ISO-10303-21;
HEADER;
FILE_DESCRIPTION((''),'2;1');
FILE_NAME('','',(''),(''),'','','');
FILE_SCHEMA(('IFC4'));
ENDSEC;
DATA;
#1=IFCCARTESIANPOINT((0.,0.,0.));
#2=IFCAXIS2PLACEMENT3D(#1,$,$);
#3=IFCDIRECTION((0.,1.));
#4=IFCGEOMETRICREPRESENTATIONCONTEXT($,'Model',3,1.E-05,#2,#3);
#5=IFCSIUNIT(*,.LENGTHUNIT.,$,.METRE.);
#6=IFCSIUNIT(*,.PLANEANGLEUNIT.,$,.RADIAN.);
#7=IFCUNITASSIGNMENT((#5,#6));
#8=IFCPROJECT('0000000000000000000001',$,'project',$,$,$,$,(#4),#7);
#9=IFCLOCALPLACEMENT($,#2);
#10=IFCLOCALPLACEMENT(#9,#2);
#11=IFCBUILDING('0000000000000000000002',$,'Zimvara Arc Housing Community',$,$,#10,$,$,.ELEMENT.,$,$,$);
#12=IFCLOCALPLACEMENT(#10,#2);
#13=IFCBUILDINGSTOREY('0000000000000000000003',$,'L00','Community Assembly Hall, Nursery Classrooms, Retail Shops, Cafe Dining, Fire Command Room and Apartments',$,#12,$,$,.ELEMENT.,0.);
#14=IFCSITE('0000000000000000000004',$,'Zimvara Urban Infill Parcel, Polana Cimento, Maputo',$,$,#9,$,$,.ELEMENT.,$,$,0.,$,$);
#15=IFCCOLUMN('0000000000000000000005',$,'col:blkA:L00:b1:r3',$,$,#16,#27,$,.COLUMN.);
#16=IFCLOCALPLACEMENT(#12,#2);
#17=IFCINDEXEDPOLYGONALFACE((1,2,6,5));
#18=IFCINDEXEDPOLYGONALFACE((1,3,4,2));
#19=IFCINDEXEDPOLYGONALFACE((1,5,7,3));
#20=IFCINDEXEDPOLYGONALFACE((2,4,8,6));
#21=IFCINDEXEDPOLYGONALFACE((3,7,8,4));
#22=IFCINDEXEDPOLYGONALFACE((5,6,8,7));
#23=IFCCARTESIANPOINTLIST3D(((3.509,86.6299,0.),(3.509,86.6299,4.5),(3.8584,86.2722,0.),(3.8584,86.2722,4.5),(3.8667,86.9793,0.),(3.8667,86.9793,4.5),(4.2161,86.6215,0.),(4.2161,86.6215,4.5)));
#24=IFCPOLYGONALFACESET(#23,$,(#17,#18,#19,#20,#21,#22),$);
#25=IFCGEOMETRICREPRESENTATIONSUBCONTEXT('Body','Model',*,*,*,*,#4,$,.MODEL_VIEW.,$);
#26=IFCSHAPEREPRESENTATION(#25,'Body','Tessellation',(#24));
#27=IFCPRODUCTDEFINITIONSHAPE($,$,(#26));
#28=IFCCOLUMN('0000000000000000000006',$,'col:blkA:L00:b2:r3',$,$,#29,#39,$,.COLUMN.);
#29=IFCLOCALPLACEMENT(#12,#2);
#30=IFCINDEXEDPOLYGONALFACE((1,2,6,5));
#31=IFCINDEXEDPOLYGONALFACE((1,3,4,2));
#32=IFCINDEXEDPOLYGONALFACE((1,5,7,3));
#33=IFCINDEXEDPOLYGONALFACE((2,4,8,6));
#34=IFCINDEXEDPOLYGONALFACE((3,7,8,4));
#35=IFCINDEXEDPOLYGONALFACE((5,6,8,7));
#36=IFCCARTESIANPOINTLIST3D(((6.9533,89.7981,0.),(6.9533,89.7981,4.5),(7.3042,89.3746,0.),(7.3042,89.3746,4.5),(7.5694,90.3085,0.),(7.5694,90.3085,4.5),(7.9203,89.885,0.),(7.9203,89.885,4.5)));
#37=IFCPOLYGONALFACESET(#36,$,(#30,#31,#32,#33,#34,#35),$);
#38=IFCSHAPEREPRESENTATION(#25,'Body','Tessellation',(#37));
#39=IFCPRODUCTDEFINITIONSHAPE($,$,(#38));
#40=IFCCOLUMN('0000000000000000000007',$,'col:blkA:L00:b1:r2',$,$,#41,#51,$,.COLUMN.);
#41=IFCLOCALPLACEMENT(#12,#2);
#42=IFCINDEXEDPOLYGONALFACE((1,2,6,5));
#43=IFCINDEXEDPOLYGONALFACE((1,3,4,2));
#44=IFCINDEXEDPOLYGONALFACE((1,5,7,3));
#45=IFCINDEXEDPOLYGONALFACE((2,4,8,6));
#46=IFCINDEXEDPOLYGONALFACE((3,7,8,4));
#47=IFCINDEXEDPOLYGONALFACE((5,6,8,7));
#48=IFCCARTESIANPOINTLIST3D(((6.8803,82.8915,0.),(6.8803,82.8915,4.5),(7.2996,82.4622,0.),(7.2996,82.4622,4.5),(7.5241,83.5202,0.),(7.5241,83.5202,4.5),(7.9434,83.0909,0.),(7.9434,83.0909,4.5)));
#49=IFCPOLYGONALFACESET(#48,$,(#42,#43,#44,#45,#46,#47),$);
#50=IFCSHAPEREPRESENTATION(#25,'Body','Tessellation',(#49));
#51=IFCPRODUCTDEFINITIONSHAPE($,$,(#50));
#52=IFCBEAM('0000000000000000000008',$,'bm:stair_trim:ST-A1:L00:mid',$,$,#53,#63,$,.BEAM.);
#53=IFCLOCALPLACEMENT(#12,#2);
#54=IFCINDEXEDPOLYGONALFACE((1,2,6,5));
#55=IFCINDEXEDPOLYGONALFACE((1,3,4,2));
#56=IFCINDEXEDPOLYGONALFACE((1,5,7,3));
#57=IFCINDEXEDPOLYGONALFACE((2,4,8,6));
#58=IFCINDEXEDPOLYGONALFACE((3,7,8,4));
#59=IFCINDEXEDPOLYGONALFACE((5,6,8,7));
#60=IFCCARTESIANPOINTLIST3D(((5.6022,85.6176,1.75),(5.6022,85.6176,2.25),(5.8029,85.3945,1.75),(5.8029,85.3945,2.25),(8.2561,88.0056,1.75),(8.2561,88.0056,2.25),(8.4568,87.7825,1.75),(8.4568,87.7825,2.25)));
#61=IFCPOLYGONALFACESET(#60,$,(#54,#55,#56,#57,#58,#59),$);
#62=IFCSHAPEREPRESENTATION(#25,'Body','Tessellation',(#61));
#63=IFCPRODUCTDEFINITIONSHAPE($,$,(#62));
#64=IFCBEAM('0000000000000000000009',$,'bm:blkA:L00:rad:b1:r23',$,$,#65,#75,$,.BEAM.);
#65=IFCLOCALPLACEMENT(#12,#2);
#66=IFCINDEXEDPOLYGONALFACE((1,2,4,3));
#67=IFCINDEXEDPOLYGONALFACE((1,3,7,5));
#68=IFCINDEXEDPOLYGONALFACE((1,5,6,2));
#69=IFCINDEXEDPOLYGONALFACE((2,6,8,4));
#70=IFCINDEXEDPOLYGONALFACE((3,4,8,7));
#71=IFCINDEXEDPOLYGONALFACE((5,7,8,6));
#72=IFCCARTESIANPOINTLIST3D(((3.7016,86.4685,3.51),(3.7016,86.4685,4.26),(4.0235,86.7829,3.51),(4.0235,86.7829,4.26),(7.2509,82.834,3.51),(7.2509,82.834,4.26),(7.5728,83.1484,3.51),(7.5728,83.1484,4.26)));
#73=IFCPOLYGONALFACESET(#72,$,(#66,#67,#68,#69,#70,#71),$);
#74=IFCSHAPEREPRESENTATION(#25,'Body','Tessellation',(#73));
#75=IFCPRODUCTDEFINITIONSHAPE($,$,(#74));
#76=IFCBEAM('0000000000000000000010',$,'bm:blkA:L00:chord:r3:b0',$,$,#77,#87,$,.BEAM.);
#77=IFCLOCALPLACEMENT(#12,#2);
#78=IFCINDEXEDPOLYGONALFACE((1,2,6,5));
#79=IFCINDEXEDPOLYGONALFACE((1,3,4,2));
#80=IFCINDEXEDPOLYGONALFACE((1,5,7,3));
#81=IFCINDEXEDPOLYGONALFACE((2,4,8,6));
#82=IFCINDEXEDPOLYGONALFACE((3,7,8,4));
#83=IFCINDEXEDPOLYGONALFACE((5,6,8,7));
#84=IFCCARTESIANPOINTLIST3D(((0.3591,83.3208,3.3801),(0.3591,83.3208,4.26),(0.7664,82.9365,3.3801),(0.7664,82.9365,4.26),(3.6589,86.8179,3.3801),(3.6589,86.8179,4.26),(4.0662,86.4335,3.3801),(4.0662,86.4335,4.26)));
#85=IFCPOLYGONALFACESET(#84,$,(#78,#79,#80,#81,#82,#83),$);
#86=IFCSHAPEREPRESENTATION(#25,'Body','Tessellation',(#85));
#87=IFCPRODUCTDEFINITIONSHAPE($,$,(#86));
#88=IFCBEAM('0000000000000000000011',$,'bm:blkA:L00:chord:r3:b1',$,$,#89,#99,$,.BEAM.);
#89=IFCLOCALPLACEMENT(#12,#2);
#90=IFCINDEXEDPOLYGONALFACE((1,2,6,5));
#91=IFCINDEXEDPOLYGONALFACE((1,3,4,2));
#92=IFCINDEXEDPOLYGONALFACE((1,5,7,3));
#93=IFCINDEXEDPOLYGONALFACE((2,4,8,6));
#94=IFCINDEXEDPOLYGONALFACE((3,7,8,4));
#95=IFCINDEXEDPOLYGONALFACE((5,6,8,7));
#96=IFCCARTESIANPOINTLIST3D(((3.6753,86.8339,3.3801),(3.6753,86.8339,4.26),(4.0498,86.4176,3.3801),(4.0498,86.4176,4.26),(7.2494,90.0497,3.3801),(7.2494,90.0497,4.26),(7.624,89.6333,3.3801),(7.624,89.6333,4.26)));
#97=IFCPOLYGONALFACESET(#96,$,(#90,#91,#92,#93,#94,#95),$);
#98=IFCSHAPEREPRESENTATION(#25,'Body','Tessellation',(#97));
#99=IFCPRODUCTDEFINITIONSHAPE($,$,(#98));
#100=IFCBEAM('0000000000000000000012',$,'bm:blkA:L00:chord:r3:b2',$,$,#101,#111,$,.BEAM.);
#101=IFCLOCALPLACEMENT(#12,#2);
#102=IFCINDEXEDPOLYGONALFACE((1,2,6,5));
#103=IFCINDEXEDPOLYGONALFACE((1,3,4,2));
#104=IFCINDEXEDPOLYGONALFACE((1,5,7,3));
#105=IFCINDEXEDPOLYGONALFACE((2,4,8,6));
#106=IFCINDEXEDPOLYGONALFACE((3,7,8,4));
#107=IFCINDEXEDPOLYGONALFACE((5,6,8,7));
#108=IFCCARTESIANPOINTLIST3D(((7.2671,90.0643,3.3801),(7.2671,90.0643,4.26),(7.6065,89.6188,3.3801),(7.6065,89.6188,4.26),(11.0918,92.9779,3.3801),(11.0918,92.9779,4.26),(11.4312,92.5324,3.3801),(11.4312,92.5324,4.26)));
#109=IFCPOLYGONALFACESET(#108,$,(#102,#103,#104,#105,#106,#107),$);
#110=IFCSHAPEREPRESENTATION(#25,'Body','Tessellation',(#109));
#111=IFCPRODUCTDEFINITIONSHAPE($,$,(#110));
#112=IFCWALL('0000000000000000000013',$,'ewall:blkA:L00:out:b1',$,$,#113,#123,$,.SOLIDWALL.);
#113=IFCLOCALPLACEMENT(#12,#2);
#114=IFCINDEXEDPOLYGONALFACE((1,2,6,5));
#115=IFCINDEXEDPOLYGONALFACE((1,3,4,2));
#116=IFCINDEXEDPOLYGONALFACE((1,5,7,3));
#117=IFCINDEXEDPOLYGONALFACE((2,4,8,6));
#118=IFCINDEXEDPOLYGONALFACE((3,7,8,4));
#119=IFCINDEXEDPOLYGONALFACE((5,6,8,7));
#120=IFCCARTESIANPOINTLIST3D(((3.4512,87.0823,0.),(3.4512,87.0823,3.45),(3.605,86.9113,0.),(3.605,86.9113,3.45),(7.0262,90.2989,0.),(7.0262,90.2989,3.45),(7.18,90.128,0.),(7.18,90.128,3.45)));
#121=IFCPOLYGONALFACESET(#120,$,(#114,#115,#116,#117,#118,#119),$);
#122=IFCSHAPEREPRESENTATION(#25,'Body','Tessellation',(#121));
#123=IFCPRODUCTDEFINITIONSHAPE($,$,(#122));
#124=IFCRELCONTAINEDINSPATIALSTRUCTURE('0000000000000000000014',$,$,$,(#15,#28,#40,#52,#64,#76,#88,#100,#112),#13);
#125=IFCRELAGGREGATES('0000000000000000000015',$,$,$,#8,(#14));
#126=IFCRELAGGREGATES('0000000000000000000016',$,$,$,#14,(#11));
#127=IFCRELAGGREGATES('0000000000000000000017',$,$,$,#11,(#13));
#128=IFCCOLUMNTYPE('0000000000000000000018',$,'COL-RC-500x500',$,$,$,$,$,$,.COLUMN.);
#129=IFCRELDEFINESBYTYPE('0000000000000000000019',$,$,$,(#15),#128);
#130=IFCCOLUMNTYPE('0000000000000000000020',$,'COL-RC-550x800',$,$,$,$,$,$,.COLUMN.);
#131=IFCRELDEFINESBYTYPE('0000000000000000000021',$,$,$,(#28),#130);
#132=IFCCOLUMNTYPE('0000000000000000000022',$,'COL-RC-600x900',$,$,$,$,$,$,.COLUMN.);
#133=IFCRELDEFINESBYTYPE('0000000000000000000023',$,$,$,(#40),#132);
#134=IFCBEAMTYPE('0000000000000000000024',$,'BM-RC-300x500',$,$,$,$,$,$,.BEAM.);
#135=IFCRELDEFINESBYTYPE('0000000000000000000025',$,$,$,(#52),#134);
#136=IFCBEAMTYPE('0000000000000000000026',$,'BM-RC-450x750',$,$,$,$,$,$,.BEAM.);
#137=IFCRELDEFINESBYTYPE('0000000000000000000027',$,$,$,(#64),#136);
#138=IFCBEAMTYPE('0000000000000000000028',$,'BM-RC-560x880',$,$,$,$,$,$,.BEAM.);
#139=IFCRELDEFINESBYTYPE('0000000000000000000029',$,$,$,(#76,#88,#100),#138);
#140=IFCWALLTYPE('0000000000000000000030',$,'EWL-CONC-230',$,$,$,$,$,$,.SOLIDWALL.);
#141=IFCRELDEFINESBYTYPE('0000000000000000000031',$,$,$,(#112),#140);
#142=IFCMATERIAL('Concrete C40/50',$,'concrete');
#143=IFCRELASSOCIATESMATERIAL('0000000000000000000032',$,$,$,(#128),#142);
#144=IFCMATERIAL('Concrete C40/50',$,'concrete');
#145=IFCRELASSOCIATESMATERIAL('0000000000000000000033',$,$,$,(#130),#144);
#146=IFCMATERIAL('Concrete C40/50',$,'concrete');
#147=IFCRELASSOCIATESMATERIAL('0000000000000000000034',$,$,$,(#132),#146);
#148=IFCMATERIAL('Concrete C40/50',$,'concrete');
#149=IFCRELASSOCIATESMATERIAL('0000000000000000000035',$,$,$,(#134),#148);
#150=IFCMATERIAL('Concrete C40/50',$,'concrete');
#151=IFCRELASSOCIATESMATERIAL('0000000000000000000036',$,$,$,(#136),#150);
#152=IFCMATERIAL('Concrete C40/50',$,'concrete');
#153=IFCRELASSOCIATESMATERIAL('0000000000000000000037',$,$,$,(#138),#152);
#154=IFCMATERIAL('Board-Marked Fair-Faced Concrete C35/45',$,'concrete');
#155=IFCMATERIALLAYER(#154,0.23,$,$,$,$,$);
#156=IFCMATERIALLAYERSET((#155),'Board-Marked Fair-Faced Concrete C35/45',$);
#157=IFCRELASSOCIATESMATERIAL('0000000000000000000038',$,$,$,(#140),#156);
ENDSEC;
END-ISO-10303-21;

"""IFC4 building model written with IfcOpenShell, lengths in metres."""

from ifc_helpers import new_model, si_unit, direction, frame, frame_2d, origin, origin_2d, place, context, subcontext, project, spatial, rectangle, extrude, material, layer, layer_set, material_profile, profile_set, type_object, element, save


model = new_model("IFC4")

# Units and contexts
model_context = context("Model", 3, precision=1e-05, world=origin(), true_north=direction((0.0, 1.0)))
body_context = subcontext(model_context, "Body", "Model", "MODEL_VIEW")
ifc_project = project(units=[si_unit("LENGTHUNIT", "METRE"), si_unit("PLANEANGLEUNIT", "RADIAN")], contexts=[model_context])

# Site, building, storey
site_placement = place(None, origin())
site = spatial("IfcSite", under=ifc_project, at=site_placement, Name="Zimvara Urban Infill Parcel, Polana Cimento, Maputo", CompositionType="ELEMENT", RefElevation=0.0)
building_placement = place(site_placement, origin())
building = spatial("IfcBuilding", under=site, at=building_placement, Name="Zimvara Arc Housing Community", CompositionType="ELEMENT")
storey_placement = place(building_placement, origin())
storey = spatial("IfcBuildingStorey", under=building, at=storey_placement, Name="L00", Description="Community Assembly Hall, Nursery Classrooms, Retail Shops, Cafe Dining, Fire Command Room and Apartments", CompositionType="ELEMENT", Elevation=0.0)

# Columns
ifc_material_1 = material(Name="Concrete C40/50", Category="concrete")
ifc_material_profile_1 = material_profile(ifc_material_1, rectangle(XDim=0.5, YDim=0.5, at=origin_2d()), Name="RC 500x500")
ifc_profile_set_1 = profile_set([ifc_material_profile_1], Name="Concrete C40/50")
column_type_1 = type_object("IfcColumnType", Name="COL-RC-500x500", PredefinedType="COLUMN", material=ifc_profile_set_1)
column_1_placement = place(storey_placement, frame((3.8625, 86.6257, 0.0), z_axis=(0.0, 0.0, 1.0), x_axis=(-0.698665, 0.715449, 0.0)))
element("IfcColumn", 1, at=column_1_placement, inside=storey, type_object=column_type_1, Name="col:blkA:L00:b1:r3", PredefinedType="COLUMN", context=body_context, shape_type="SweptSolid", body=[
    extrude(rectangle(XDim=0.5, YDim=0.5, at=origin_2d()), origin(), (0.0, 0.0, 1.0), 4.5),
])
ifc_material_2 = material(Name="Concrete C40/50", Category="concrete")
ifc_material_profile_2 = material_profile(ifc_material_2, rectangle(XDim=0.55, YDim=0.8, at=origin_2d()), Name="RC 550x800")
ifc_profile_set_2 = profile_set([ifc_material_profile_2], Name="Concrete C40/50")
column_type_2 = type_object("IfcColumnType", Name="COL-RC-550x800", PredefinedType="COLUMN", material=ifc_profile_set_2)
column_2_placement = place(storey_placement, frame((7.4368, 89.8416, 0.0), z_axis=(0.0, 0.0, 1.0), x_axis=(-0.637962, 0.770068, 0.0)))
element("IfcColumn", 2, at=column_2_placement, inside=storey, type_object=column_type_2, Name="col:blkA:L00:b2:r3", PredefinedType="COLUMN", context=body_context, shape_type="SweptSolid", body=[
    extrude(rectangle(XDim=0.55, YDim=0.8, at=origin_2d()), origin(), (0.0, 0.0, 1.0), 4.5),
])
ifc_material_3 = material(Name="Concrete C40/50", Category="concrete")
ifc_material_profile_3 = material_profile(ifc_material_3, rectangle(XDim=0.6001, YDim=0.8999, at=origin_2d()), Name="RC 600x900")
ifc_profile_set_3 = profile_set([ifc_material_profile_3], Name="Concrete C40/50")
column_type_3 = type_object("IfcColumnType", Name="COL-RC-600x900", PredefinedType="COLUMN", material=ifc_profile_set_3)
column_3_placement = place(storey_placement, frame((7.4119, 82.9912, 0.0), z_axis=(0.0, 0.0, 1.0), x_axis=(-0.698665, 0.715449, 0.0)))
element("IfcColumn", 3, at=column_3_placement, inside=storey, type_object=column_type_3, Name="col:blkA:L00:b1:r2", PredefinedType="COLUMN", context=body_context, shape_type="SweptSolid", body=[
    extrude(rectangle(XDim=0.6001, YDim=0.8999, at=origin_2d()), origin(), (0.0, 0.0, 1.0), 4.5),
])

# Beams
ifc_material_4 = material(Name="Concrete C40/50", Category="concrete")
ifc_material_profile_4 = material_profile(ifc_material_4, rectangle(XDim=0.3, YDim=0.5, at=origin_2d()), Name="RC 300x500")
ifc_profile_set_4 = profile_set([ifc_material_profile_4], Name="Concrete C40/50")
beam_type_1 = type_object("IfcBeamType", Name="BM-RC-300x500", PredefinedType="BEAM", material=ifc_profile_set_4)
beam_1_placement = place(storey_placement, frame((8.3564, 87.894, 2.0), z_axis=(-0.743362, -0.668889, 0.0), x_axis=(0.668889, -0.743362, 0.0)))
element("IfcBeam", 4, at=beam_1_placement, inside=storey, type_object=beam_type_1, Name="bm:stair_trim:ST-A1:L00:mid", PredefinedType="BEAM", context=body_context, shape_type="SweptSolid", body=[
    extrude(rectangle(XDim=0.3, YDim=0.5, at=origin_2d()), origin(), (0.0, 0.0, 1.0), 3.5701),
])
ifc_material_5 = material(Name="Concrete C40/50", Category="concrete")
ifc_material_profile_5 = material_profile(ifc_material_5, rectangle(XDim=0.45, YDim=0.75, at=origin_2d()), Name="RC 450x750")
ifc_profile_set_5 = profile_set([ifc_material_profile_5], Name="Concrete C40/50")
beam_type_2 = type_object("IfcBeamType", Name="BM-RC-450x750", PredefinedType="BEAM", material=ifc_profile_set_5)
beam_2_placement = place(storey_placement, frame((7.4119, 82.9912, 3.885), z_axis=(-0.698671, 0.715443, 0.0), x_axis=(-0.715443, -0.698671, 0.0)))
element("IfcBeam", 5, at=beam_2_placement, inside=storey, type_object=beam_type_2, Name="bm:blkA:L00:rad:b1:r23", PredefinedType="BEAM", context=body_context, shape_type="SweptSolid", body=[
    extrude(rectangle(XDim=0.45, YDim=0.75, at=origin_2d()), origin(), (0.0, 0.0, 1.0), 5.0801),
])
ifc_material_6 = material(Name="Concrete C40/50", Category="concrete")
ifc_material_profile_6 = material_profile(ifc_material_6, rectangle(XDim=0.5601, YDim=0.8799, at=origin_2d()), Name="RC 560x880")
ifc_profile_set_6 = profile_set([ifc_material_profile_6], Name="Concrete C40/50")
beam_type_3 = type_object("IfcBeamType", Name="BM-RC-560x880", PredefinedType="BEAM", material=ifc_profile_set_6)
beam_3_placement = place(storey_placement, frame((0.5627, 83.1287, 3.8201), z_axis=(0.686295, 0.727323, 0.0), x_axis=(-0.727323, 0.686295, 0.0)))
element("IfcBeam", 6, at=beam_3_placement, inside=storey, type_object=beam_type_3, Name="bm:blkA:L00:chord:r3:b0", PredefinedType="BEAM", context=body_context, shape_type="SweptSolid", body=[
    extrude(rectangle(XDim=0.5601, YDim=0.8799, at=origin_2d()), origin(), (0.0, 0.0, 1.0), 4.8081),
])
beam_4_placement = place(storey_placement, frame((3.8625, 86.6257, 3.8201), z_axis=(0.743395, 0.668853, 0.0), x_axis=(-0.668853, 0.743395, 0.0)))
element("IfcBeam", 7, at=beam_4_placement, inside=storey, type_object=beam_type_3, Name="bm:blkA:L00:chord:r3:b1", PredefinedType="BEAM", context=body_context, shape_type="SweptSolid", body=[
    extrude(rectangle(XDim=0.5601, YDim=0.8799, at=origin_2d()), origin(), (0.0, 0.0, 1.0), 4.8079),
])
beam_5_placement = place(storey_placement, frame((7.4368, 89.8416, 3.8201), z_axis=(0.795481, 0.605979, 0.0), x_axis=(-0.605979, 0.795481, 0.0)))
element("IfcBeam", 8, at=beam_5_placement, inside=storey, type_object=beam_type_3, Name="bm:blkA:L00:chord:r3:b2", PredefinedType="BEAM", context=body_context, shape_type="SweptSolid", body=[
    extrude(rectangle(XDim=0.5601, YDim=0.8799, at=origin_2d()), origin(), (0.0, 0.0, 1.0), 4.8081),
])

# Wall
ifc_material_7 = material(Name="Board-Marked Fair-Faced Concrete C35/45", Category="concrete")
ifc_layer_1 = layer(ifc_material_7, 0.23)
ifc_layer_set_1 = layer_set([ifc_layer_1], Name="Board-Marked Fair-Faced Concrete C35/45")
wall_type_1 = type_object("IfcWallType", Name="EWL-CONC-230", PredefinedType="SOLIDWALL", material=ifc_layer_set_1)
wall_1_placement = place(storey_placement, frame((3.5281, 86.9968, 0.0), z_axis=(0.0, 0.0, 1.0), x_axis=(0.743388, 0.668861, 0.0)))
element("IfcWall", 9, at=wall_1_placement, inside=storey, type_object=wall_type_1, Name="ewall:blkA:L00:out:b1", PredefinedType="SOLIDWALL", context=body_context, shape_type="SweptSolid", body=[
    extrude(rectangle(XDim=4.8091, YDim=0.23, at=frame_2d((2.4045, 0.0))), origin(), (0.0, 0.0, 1.0), 3.45),
])

save(model, "model.ifc")
